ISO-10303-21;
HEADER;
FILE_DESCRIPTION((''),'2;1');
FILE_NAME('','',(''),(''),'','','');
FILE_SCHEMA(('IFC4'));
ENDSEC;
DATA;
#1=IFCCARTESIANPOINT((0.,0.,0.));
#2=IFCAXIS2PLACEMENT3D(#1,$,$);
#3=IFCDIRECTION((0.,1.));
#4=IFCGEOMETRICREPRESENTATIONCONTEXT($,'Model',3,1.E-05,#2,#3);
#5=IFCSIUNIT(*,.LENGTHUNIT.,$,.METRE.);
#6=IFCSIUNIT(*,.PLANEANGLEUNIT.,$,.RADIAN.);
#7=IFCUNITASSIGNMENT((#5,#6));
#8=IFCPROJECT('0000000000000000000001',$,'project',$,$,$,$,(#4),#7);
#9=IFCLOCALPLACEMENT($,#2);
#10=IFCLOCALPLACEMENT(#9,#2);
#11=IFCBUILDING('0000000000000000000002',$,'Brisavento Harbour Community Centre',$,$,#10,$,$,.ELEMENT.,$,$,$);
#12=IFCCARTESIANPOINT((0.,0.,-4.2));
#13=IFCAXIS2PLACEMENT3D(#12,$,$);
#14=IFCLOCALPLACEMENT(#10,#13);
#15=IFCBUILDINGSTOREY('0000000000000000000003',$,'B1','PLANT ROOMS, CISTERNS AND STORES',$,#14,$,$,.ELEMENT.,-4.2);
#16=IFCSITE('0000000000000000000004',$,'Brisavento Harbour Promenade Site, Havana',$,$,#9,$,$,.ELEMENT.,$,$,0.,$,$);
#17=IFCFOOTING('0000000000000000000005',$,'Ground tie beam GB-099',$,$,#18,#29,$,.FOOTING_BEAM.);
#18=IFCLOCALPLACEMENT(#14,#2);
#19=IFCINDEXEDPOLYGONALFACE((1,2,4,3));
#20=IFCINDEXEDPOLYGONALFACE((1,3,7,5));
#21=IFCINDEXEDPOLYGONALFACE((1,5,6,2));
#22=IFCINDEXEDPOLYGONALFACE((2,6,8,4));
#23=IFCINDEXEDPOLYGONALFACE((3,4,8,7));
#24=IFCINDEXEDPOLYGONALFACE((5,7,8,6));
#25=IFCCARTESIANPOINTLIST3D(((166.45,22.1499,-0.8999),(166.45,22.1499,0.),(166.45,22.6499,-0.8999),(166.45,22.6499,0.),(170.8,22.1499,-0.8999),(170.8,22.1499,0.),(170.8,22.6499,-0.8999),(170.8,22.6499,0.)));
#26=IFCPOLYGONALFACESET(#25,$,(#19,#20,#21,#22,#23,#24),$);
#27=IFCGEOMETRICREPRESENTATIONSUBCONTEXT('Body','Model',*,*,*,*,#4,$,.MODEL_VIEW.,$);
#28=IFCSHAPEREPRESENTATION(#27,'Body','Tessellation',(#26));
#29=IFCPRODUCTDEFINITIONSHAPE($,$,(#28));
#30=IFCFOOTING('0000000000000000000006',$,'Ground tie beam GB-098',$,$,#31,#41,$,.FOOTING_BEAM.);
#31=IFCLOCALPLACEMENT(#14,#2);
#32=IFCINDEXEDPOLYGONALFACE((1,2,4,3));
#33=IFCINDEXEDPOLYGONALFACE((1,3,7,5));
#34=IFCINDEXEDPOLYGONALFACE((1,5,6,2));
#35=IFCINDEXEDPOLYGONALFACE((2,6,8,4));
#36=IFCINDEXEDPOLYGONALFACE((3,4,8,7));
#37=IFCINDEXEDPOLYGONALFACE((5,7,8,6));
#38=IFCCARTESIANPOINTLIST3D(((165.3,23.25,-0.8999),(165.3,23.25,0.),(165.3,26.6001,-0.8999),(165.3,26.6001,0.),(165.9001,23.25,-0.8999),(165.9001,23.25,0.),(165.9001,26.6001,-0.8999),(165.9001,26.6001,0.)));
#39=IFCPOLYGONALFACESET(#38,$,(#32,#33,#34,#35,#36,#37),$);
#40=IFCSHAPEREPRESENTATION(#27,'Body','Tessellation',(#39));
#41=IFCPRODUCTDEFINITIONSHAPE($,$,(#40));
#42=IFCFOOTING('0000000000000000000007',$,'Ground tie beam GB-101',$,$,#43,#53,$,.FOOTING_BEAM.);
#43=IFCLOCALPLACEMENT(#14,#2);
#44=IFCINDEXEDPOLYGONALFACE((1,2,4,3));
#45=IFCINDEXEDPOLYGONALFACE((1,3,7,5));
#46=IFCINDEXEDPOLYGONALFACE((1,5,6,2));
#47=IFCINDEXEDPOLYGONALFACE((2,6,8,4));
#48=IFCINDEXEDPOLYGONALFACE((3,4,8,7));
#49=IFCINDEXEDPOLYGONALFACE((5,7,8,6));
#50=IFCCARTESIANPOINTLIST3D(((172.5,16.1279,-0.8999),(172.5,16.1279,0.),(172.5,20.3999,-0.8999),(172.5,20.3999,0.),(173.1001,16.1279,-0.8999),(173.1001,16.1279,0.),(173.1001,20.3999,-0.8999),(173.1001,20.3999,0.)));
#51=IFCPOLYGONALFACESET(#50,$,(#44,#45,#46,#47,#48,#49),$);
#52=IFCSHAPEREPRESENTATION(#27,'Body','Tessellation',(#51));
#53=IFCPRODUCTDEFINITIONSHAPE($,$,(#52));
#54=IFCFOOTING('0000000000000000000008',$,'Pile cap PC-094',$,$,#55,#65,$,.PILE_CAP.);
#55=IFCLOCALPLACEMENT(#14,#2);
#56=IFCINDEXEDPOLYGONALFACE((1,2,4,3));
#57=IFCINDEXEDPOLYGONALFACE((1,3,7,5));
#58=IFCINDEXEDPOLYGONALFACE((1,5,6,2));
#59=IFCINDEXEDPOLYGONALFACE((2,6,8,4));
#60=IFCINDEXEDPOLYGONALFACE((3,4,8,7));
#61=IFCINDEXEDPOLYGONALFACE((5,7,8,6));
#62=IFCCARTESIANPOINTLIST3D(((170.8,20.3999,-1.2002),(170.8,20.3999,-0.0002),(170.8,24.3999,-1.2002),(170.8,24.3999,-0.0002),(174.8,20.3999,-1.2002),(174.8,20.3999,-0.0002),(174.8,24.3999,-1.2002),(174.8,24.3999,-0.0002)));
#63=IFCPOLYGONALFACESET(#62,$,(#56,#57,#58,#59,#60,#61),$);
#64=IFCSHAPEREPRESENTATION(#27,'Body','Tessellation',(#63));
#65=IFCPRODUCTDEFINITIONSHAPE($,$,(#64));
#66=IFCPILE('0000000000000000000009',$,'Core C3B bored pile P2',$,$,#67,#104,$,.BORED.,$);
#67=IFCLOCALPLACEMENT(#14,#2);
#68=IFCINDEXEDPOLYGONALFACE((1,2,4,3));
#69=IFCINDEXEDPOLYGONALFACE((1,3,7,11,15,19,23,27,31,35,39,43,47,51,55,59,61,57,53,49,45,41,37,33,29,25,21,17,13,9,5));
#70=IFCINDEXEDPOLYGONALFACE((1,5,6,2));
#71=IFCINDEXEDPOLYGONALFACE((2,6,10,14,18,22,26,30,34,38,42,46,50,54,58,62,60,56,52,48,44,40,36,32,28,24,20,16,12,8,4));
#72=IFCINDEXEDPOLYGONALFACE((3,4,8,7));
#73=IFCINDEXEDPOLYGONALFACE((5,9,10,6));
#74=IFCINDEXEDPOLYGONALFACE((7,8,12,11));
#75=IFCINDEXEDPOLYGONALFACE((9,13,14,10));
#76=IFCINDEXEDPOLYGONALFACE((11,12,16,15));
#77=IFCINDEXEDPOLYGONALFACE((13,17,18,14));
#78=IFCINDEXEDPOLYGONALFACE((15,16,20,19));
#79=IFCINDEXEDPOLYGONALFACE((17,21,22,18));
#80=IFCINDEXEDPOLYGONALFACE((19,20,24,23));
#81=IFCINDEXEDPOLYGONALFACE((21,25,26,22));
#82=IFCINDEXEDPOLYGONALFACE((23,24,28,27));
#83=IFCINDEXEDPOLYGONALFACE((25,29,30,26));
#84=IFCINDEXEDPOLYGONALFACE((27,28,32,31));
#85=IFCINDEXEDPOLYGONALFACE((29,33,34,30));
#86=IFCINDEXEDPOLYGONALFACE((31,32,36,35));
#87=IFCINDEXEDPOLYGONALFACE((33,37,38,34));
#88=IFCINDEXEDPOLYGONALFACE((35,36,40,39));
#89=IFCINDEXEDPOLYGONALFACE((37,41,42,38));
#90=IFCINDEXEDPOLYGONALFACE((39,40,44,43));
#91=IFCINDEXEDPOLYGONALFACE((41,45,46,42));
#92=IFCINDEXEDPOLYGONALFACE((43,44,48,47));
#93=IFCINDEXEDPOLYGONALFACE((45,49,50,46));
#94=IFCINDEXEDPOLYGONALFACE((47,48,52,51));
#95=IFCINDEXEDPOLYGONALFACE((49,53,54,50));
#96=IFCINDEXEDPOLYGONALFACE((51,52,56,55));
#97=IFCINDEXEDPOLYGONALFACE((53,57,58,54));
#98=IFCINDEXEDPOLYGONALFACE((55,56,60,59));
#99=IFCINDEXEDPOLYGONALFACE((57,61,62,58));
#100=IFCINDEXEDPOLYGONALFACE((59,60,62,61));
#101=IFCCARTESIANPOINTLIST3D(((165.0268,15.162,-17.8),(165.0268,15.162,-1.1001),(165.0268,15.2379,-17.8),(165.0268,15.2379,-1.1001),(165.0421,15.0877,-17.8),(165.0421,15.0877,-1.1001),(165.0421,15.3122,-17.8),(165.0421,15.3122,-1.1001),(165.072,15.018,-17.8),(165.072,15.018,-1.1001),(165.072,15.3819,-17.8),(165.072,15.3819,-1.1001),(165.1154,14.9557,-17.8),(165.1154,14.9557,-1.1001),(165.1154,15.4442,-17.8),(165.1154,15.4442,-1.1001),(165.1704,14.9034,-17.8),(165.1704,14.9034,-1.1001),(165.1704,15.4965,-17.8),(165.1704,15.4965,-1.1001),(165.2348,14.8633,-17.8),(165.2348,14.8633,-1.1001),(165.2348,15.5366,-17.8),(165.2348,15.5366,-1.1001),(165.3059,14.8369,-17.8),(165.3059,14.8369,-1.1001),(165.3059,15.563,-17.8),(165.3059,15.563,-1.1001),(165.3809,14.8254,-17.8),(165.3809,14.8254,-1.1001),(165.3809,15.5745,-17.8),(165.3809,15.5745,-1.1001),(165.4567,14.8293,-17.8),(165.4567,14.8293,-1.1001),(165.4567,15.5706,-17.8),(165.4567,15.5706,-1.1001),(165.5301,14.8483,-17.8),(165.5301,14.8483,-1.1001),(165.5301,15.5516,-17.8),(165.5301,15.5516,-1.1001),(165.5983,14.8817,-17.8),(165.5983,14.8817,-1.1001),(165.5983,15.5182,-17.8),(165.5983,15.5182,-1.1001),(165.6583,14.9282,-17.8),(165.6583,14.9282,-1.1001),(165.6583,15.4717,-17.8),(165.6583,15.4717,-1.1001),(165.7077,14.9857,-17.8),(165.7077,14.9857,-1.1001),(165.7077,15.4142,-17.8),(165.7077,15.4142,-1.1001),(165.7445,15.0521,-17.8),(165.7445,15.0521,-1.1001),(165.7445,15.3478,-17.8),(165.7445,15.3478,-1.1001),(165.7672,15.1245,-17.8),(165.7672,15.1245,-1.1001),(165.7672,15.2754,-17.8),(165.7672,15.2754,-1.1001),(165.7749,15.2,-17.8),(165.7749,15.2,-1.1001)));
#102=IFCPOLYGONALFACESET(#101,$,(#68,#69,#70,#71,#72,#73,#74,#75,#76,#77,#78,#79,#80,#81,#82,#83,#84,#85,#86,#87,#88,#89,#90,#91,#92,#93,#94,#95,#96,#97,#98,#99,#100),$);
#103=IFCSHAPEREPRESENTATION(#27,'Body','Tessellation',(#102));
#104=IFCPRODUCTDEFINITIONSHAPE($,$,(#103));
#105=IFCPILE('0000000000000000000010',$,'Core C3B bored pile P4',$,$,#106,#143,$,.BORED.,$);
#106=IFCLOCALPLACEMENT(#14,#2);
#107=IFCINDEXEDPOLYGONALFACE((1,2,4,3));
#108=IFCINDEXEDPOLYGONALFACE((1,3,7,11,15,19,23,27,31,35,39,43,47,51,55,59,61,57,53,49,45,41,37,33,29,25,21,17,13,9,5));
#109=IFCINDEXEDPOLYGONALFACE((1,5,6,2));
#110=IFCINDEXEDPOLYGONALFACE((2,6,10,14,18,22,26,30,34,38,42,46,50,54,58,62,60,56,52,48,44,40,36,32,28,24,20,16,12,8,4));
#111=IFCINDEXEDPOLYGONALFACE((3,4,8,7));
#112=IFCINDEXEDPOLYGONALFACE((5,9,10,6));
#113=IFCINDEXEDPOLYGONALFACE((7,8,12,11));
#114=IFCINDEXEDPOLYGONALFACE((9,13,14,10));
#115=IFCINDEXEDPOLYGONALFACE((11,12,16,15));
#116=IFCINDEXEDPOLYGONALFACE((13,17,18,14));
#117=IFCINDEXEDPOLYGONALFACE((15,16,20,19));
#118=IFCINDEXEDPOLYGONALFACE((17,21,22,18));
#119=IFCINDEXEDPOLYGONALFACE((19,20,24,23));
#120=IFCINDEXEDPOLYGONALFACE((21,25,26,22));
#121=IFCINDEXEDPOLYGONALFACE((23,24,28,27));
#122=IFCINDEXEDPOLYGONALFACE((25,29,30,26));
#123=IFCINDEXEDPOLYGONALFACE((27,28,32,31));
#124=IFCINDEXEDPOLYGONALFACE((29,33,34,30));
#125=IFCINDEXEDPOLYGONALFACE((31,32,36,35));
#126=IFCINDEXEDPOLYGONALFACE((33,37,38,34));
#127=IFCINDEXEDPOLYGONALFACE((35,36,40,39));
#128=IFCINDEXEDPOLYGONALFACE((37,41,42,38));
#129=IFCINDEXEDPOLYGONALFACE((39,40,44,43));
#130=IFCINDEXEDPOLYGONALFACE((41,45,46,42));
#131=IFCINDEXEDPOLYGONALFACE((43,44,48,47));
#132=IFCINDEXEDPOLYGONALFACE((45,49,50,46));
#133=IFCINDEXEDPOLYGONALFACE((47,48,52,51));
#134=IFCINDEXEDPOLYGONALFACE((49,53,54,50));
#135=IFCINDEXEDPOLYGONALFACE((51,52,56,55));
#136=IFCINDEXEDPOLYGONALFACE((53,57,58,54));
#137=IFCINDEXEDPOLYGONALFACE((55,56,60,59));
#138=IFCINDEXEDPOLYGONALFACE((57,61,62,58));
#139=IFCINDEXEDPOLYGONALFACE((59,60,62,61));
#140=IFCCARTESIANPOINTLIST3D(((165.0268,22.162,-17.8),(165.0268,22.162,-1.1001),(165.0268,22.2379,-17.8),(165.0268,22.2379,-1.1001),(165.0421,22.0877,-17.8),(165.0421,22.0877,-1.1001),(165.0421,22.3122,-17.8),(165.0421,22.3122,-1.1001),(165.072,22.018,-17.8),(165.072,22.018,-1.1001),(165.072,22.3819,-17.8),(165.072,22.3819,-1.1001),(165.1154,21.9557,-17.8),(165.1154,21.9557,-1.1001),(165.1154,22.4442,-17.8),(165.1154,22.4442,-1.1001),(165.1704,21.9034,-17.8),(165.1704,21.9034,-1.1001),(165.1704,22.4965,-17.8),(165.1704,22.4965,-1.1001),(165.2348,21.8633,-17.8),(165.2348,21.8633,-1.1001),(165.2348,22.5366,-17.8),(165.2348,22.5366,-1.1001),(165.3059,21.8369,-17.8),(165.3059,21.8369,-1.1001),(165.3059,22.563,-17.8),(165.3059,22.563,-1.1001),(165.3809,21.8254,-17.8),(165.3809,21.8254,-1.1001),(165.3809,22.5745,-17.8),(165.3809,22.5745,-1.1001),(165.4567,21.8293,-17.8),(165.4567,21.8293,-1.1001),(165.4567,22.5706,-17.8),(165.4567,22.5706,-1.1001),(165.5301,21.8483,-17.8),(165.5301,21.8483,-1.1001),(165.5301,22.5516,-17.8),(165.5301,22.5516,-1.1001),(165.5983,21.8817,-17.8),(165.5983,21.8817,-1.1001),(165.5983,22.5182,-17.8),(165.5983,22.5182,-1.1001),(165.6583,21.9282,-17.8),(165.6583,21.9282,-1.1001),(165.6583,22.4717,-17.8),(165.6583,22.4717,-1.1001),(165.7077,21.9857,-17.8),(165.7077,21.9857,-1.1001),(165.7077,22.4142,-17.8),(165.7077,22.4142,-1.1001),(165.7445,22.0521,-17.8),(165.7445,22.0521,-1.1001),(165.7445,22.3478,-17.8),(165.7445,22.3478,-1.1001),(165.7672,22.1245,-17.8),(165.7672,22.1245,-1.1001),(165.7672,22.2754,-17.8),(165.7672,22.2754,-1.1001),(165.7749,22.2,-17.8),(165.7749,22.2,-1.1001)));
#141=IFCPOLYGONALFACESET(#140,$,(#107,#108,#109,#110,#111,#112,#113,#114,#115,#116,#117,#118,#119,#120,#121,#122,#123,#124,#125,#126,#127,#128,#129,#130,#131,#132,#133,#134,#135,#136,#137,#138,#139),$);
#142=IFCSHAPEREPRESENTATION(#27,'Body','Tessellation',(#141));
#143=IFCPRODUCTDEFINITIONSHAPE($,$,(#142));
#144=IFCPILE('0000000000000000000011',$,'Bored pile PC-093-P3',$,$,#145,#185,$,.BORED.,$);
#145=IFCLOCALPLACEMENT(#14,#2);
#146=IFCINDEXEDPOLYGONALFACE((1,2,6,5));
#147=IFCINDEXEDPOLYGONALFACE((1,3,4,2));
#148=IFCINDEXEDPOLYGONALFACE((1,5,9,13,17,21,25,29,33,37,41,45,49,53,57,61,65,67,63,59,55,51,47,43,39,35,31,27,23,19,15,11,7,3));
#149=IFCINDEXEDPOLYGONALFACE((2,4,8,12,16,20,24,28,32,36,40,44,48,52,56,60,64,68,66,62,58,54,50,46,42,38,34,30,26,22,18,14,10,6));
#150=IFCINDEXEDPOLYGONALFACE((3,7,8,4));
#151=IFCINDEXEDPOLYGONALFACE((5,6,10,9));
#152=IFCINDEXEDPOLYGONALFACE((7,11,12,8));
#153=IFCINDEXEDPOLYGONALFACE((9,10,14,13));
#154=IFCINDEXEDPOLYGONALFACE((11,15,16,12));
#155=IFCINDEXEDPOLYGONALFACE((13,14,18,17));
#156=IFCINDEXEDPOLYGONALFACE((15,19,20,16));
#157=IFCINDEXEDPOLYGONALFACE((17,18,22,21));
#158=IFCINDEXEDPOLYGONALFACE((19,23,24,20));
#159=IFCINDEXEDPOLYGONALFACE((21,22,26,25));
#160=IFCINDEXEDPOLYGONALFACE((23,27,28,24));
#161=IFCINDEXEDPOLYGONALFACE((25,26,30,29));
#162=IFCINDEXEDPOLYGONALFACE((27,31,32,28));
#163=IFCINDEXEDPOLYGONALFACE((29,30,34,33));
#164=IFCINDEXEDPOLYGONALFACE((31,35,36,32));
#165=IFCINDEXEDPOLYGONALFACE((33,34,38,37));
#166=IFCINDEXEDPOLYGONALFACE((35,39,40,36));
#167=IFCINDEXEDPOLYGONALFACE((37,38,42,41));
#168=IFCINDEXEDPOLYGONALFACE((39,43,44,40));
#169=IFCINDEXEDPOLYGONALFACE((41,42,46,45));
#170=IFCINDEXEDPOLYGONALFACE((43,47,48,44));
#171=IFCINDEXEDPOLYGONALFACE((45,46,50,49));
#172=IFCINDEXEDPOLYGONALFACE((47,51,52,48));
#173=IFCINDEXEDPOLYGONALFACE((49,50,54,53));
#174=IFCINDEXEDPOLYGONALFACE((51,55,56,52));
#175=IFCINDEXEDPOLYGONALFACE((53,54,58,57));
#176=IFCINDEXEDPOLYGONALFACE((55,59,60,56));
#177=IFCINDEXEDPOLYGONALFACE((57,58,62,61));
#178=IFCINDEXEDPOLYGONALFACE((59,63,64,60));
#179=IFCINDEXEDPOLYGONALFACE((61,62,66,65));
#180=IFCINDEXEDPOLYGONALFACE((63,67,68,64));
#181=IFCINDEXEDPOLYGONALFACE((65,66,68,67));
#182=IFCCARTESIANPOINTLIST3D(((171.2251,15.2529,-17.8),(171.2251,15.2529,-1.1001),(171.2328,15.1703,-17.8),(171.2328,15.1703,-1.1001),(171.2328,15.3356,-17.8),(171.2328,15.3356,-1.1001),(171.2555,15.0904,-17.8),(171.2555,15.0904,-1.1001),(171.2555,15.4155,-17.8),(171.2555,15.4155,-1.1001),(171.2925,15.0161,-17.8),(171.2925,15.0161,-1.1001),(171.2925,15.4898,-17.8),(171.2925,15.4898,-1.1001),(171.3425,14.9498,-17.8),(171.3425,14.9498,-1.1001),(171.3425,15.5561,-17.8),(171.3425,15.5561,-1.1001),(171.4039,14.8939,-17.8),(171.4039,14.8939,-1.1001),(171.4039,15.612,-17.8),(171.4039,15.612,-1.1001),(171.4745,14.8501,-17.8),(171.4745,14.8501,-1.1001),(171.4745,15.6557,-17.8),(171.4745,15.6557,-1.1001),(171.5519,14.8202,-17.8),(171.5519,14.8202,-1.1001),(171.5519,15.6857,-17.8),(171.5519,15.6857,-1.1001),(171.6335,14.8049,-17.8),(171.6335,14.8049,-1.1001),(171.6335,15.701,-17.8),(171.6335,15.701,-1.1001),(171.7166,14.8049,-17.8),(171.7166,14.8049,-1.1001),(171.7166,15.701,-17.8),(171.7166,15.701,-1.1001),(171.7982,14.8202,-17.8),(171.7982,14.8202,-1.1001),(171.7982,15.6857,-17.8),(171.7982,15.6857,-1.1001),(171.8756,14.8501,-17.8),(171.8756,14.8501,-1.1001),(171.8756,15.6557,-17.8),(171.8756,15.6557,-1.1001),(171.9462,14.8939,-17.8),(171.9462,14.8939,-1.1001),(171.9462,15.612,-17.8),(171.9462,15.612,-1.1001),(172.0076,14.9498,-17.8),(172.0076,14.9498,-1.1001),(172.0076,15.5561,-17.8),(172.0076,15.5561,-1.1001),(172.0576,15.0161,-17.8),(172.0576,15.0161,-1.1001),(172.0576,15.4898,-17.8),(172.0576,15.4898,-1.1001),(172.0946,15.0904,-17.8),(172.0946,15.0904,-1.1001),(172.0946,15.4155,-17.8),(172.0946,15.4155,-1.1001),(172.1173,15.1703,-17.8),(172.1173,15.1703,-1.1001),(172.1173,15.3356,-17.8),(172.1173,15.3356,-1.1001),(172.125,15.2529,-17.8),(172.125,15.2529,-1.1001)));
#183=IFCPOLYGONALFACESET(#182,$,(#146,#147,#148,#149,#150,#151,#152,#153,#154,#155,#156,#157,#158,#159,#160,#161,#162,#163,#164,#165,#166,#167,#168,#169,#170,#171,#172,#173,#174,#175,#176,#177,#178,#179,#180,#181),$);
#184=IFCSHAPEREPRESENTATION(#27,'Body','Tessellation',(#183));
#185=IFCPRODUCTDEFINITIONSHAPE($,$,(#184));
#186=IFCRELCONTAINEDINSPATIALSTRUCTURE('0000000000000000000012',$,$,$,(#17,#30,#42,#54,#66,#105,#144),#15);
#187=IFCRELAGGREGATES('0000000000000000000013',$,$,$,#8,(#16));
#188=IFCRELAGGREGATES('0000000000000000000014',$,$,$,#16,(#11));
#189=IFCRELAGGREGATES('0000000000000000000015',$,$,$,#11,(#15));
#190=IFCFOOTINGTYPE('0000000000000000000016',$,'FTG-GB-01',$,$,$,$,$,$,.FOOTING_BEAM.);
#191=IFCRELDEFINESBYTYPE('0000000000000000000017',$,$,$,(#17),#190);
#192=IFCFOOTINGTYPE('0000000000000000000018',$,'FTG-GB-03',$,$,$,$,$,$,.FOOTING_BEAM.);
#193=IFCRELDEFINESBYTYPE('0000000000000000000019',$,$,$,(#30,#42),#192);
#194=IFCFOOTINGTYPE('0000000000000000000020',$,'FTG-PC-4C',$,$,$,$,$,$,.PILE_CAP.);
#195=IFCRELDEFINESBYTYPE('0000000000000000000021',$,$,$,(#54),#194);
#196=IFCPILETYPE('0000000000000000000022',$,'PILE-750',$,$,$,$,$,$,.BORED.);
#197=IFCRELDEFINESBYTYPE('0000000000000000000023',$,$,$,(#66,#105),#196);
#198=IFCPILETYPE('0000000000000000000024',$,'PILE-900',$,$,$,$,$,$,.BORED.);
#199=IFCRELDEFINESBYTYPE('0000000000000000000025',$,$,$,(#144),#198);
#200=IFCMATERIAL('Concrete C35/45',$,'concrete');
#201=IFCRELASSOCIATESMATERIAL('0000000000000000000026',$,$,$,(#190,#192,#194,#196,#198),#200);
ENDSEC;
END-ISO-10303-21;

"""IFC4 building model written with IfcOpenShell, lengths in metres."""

from ifc_helpers import new_model, si_unit, direction, frame, origin, origin_2d, place, context, subcontext, project, spatial, rectangle, circle, extrude, material, material_profile, profile_set, type_object, element, save


model = new_model("IFC4")

# Units and contexts
model_context = context("Model", 3, precision=1e-05, world=origin(), true_north=direction((0.0, 1.0)))
body_context = subcontext(model_context, "Body", "Model", "MODEL_VIEW")
ifc_project = project(units=[si_unit("LENGTHUNIT", "METRE"), si_unit("PLANEANGLEUNIT", "RADIAN")], contexts=[model_context])

# Site, building, storey
site_placement = place(None, origin())
site = spatial("IfcSite", under=ifc_project, at=site_placement, Name="Brisavento Harbour Promenade Site, Havana", CompositionType="ELEMENT", RefElevation=0.0)
building_placement = place(site_placement, origin())
building = spatial("IfcBuilding", under=site, at=building_placement, Name="Brisavento Harbour Community Centre", CompositionType="ELEMENT")
storey_placement = place(building_placement, frame((0.0, 0.0, -4.2)))
storey = spatial("IfcBuildingStorey", under=building, at=storey_placement, Name="B1", Description="PLANT ROOMS, CISTERNS AND STORES", CompositionType="ELEMENT", Elevation=-4.2)

# Footings
ifc_material_1 = material(Name="Concrete C35/45", Category="concrete")
footing_type_1 = type_object("IfcFootingType", Name="FTG-GB-01", PredefinedType="FOOTING_BEAM", material=ifc_material_1)
footing_1_placement = place(storey_placement, frame((168.625, 22.3999, -0.8999), z_axis=(0.0, 0.0, 1.0), x_axis=(1.0, 0.0, 0.0)))
element("IfcFooting", 1, at=footing_1_placement, inside=storey, type_object=footing_type_1, Name="Ground tie beam GB-099", PredefinedType="FOOTING_BEAM", context=body_context, shape_type="SweptSolid", body=[
    extrude(rectangle(XDim=4.3501, YDim=0.5, at=origin_2d()), origin(), (0.0, 0.0, 1.0), 0.8999),
])
footing_type_2 = type_object("IfcFootingType", Name="FTG-GB-03", PredefinedType="FOOTING_BEAM", material=ifc_material_1)
footing_2_placement = place(storey_placement, frame((165.6001, 24.925, -0.8999), z_axis=(0.0, 0.0, 1.0), x_axis=(1.0, 0.0, 0.0)))
element("IfcFooting", 2, at=footing_2_placement, inside=storey, type_object=footing_type_2, Name="Ground tie beam GB-098", PredefinedType="FOOTING_BEAM", context=body_context, shape_type="SweptSolid", body=[
    extrude(rectangle(XDim=0.6001, YDim=3.3501, at=origin_2d()), origin(), (0.0, 0.0, 1.0), 0.8999),
])
footing_3_placement = place(storey_placement, frame((172.8, 18.2639, -0.8999), z_axis=(0.0, 0.0, 1.0), x_axis=(1.0, 0.0, 0.0)))
element("IfcFooting", 3, at=footing_3_placement, inside=storey, type_object=footing_type_2, Name="Ground tie beam GB-101", PredefinedType="FOOTING_BEAM", context=body_context, shape_type="SweptSolid", body=[
    extrude(rectangle(XDim=0.6001, YDim=4.272, at=origin_2d()), origin(), (0.0, 0.0, 1.0), 0.8999),
])
footing_type_3 = type_object("IfcFootingType", Name="FTG-PC-4C", PredefinedType="PILE_CAP", material=ifc_material_1)
footing_4_placement = place(storey_placement, frame((172.8, 22.3999, -1.2002), z_axis=(0.0, 0.0, 1.0), x_axis=(1.0, 0.0, 0.0)))
element("IfcFooting", 4, at=footing_4_placement, inside=storey, type_object=footing_type_3, Name="Pile cap PC-094", PredefinedType="PILE_CAP", context=body_context, shape_type="SweptSolid", body=[
    extrude(rectangle(XDim=4.0, YDim=4.0, at=origin_2d()), origin(), (0.0, 0.0, 1.0), 1.2),
])

# Piles
ifc_material_profile_1 = material_profile(ifc_material_1, circle(Radius=0.375, at=origin_2d()), Name="Concrete C35/45")
ifc_profile_set_1 = profile_set([ifc_material_profile_1], Name="Concrete C35/45")
pile_type_1 = type_object("IfcPileType", Name="PILE-750", PredefinedType="BORED", material=ifc_profile_set_1)
for number, where, z_axis, x_axis, name in (
    (5, (165.3999, 15.2, -1.1001), (0.0, 0.0, -1.0), (1.0, 0.0, 0.0), "Core C3B bored pile P2"),
    (6, (165.3999, 22.2, -1.1001), (0.0, 0.0, -1.0), (1.0, 0.0, 0.0), "Core C3B bored pile P4"),
):
    element("IfcPile", number, at=place(storey_placement, frame(where, z_axis=z_axis, x_axis=x_axis)), inside=storey, type_object=pile_type_1, Name=name, PredefinedType="BORED", context=body_context, shape_type="SweptSolid", body=[
        extrude(circle(Radius=0.375, at=origin_2d()), origin(), (0.0, 0.0, 1.0), 16.7),
    ])
ifc_material_profile_2 = material_profile(ifc_material_1, circle(Radius=0.45, at=origin_2d()), Name="Concrete C35/45")
ifc_profile_set_2 = profile_set([ifc_material_profile_2], Name="Concrete C35/45")
pile_type_2 = type_object("IfcPileType", Name="PILE-900", PredefinedType="BORED", material=ifc_profile_set_2)
for number, where, z_axis, x_axis, name in (
    (7, (171.675, 15.2529, -1.1001), (0.0, 0.0, -1.0), (1.0, 0.0, 0.0), "Bored pile PC-093-P3"),
):
    element("IfcPile", number, at=place(storey_placement, frame(where, z_axis=z_axis, x_axis=x_axis)), inside=storey, type_object=pile_type_2, Name=name, PredefinedType="BORED", context=body_context, shape_type="SweptSolid", body=[
        extrude(circle(Radius=0.45, at=origin_2d()), origin(), (0.0, 0.0, 1.0), 16.7),
    ])

save(model, "model.ifc")
